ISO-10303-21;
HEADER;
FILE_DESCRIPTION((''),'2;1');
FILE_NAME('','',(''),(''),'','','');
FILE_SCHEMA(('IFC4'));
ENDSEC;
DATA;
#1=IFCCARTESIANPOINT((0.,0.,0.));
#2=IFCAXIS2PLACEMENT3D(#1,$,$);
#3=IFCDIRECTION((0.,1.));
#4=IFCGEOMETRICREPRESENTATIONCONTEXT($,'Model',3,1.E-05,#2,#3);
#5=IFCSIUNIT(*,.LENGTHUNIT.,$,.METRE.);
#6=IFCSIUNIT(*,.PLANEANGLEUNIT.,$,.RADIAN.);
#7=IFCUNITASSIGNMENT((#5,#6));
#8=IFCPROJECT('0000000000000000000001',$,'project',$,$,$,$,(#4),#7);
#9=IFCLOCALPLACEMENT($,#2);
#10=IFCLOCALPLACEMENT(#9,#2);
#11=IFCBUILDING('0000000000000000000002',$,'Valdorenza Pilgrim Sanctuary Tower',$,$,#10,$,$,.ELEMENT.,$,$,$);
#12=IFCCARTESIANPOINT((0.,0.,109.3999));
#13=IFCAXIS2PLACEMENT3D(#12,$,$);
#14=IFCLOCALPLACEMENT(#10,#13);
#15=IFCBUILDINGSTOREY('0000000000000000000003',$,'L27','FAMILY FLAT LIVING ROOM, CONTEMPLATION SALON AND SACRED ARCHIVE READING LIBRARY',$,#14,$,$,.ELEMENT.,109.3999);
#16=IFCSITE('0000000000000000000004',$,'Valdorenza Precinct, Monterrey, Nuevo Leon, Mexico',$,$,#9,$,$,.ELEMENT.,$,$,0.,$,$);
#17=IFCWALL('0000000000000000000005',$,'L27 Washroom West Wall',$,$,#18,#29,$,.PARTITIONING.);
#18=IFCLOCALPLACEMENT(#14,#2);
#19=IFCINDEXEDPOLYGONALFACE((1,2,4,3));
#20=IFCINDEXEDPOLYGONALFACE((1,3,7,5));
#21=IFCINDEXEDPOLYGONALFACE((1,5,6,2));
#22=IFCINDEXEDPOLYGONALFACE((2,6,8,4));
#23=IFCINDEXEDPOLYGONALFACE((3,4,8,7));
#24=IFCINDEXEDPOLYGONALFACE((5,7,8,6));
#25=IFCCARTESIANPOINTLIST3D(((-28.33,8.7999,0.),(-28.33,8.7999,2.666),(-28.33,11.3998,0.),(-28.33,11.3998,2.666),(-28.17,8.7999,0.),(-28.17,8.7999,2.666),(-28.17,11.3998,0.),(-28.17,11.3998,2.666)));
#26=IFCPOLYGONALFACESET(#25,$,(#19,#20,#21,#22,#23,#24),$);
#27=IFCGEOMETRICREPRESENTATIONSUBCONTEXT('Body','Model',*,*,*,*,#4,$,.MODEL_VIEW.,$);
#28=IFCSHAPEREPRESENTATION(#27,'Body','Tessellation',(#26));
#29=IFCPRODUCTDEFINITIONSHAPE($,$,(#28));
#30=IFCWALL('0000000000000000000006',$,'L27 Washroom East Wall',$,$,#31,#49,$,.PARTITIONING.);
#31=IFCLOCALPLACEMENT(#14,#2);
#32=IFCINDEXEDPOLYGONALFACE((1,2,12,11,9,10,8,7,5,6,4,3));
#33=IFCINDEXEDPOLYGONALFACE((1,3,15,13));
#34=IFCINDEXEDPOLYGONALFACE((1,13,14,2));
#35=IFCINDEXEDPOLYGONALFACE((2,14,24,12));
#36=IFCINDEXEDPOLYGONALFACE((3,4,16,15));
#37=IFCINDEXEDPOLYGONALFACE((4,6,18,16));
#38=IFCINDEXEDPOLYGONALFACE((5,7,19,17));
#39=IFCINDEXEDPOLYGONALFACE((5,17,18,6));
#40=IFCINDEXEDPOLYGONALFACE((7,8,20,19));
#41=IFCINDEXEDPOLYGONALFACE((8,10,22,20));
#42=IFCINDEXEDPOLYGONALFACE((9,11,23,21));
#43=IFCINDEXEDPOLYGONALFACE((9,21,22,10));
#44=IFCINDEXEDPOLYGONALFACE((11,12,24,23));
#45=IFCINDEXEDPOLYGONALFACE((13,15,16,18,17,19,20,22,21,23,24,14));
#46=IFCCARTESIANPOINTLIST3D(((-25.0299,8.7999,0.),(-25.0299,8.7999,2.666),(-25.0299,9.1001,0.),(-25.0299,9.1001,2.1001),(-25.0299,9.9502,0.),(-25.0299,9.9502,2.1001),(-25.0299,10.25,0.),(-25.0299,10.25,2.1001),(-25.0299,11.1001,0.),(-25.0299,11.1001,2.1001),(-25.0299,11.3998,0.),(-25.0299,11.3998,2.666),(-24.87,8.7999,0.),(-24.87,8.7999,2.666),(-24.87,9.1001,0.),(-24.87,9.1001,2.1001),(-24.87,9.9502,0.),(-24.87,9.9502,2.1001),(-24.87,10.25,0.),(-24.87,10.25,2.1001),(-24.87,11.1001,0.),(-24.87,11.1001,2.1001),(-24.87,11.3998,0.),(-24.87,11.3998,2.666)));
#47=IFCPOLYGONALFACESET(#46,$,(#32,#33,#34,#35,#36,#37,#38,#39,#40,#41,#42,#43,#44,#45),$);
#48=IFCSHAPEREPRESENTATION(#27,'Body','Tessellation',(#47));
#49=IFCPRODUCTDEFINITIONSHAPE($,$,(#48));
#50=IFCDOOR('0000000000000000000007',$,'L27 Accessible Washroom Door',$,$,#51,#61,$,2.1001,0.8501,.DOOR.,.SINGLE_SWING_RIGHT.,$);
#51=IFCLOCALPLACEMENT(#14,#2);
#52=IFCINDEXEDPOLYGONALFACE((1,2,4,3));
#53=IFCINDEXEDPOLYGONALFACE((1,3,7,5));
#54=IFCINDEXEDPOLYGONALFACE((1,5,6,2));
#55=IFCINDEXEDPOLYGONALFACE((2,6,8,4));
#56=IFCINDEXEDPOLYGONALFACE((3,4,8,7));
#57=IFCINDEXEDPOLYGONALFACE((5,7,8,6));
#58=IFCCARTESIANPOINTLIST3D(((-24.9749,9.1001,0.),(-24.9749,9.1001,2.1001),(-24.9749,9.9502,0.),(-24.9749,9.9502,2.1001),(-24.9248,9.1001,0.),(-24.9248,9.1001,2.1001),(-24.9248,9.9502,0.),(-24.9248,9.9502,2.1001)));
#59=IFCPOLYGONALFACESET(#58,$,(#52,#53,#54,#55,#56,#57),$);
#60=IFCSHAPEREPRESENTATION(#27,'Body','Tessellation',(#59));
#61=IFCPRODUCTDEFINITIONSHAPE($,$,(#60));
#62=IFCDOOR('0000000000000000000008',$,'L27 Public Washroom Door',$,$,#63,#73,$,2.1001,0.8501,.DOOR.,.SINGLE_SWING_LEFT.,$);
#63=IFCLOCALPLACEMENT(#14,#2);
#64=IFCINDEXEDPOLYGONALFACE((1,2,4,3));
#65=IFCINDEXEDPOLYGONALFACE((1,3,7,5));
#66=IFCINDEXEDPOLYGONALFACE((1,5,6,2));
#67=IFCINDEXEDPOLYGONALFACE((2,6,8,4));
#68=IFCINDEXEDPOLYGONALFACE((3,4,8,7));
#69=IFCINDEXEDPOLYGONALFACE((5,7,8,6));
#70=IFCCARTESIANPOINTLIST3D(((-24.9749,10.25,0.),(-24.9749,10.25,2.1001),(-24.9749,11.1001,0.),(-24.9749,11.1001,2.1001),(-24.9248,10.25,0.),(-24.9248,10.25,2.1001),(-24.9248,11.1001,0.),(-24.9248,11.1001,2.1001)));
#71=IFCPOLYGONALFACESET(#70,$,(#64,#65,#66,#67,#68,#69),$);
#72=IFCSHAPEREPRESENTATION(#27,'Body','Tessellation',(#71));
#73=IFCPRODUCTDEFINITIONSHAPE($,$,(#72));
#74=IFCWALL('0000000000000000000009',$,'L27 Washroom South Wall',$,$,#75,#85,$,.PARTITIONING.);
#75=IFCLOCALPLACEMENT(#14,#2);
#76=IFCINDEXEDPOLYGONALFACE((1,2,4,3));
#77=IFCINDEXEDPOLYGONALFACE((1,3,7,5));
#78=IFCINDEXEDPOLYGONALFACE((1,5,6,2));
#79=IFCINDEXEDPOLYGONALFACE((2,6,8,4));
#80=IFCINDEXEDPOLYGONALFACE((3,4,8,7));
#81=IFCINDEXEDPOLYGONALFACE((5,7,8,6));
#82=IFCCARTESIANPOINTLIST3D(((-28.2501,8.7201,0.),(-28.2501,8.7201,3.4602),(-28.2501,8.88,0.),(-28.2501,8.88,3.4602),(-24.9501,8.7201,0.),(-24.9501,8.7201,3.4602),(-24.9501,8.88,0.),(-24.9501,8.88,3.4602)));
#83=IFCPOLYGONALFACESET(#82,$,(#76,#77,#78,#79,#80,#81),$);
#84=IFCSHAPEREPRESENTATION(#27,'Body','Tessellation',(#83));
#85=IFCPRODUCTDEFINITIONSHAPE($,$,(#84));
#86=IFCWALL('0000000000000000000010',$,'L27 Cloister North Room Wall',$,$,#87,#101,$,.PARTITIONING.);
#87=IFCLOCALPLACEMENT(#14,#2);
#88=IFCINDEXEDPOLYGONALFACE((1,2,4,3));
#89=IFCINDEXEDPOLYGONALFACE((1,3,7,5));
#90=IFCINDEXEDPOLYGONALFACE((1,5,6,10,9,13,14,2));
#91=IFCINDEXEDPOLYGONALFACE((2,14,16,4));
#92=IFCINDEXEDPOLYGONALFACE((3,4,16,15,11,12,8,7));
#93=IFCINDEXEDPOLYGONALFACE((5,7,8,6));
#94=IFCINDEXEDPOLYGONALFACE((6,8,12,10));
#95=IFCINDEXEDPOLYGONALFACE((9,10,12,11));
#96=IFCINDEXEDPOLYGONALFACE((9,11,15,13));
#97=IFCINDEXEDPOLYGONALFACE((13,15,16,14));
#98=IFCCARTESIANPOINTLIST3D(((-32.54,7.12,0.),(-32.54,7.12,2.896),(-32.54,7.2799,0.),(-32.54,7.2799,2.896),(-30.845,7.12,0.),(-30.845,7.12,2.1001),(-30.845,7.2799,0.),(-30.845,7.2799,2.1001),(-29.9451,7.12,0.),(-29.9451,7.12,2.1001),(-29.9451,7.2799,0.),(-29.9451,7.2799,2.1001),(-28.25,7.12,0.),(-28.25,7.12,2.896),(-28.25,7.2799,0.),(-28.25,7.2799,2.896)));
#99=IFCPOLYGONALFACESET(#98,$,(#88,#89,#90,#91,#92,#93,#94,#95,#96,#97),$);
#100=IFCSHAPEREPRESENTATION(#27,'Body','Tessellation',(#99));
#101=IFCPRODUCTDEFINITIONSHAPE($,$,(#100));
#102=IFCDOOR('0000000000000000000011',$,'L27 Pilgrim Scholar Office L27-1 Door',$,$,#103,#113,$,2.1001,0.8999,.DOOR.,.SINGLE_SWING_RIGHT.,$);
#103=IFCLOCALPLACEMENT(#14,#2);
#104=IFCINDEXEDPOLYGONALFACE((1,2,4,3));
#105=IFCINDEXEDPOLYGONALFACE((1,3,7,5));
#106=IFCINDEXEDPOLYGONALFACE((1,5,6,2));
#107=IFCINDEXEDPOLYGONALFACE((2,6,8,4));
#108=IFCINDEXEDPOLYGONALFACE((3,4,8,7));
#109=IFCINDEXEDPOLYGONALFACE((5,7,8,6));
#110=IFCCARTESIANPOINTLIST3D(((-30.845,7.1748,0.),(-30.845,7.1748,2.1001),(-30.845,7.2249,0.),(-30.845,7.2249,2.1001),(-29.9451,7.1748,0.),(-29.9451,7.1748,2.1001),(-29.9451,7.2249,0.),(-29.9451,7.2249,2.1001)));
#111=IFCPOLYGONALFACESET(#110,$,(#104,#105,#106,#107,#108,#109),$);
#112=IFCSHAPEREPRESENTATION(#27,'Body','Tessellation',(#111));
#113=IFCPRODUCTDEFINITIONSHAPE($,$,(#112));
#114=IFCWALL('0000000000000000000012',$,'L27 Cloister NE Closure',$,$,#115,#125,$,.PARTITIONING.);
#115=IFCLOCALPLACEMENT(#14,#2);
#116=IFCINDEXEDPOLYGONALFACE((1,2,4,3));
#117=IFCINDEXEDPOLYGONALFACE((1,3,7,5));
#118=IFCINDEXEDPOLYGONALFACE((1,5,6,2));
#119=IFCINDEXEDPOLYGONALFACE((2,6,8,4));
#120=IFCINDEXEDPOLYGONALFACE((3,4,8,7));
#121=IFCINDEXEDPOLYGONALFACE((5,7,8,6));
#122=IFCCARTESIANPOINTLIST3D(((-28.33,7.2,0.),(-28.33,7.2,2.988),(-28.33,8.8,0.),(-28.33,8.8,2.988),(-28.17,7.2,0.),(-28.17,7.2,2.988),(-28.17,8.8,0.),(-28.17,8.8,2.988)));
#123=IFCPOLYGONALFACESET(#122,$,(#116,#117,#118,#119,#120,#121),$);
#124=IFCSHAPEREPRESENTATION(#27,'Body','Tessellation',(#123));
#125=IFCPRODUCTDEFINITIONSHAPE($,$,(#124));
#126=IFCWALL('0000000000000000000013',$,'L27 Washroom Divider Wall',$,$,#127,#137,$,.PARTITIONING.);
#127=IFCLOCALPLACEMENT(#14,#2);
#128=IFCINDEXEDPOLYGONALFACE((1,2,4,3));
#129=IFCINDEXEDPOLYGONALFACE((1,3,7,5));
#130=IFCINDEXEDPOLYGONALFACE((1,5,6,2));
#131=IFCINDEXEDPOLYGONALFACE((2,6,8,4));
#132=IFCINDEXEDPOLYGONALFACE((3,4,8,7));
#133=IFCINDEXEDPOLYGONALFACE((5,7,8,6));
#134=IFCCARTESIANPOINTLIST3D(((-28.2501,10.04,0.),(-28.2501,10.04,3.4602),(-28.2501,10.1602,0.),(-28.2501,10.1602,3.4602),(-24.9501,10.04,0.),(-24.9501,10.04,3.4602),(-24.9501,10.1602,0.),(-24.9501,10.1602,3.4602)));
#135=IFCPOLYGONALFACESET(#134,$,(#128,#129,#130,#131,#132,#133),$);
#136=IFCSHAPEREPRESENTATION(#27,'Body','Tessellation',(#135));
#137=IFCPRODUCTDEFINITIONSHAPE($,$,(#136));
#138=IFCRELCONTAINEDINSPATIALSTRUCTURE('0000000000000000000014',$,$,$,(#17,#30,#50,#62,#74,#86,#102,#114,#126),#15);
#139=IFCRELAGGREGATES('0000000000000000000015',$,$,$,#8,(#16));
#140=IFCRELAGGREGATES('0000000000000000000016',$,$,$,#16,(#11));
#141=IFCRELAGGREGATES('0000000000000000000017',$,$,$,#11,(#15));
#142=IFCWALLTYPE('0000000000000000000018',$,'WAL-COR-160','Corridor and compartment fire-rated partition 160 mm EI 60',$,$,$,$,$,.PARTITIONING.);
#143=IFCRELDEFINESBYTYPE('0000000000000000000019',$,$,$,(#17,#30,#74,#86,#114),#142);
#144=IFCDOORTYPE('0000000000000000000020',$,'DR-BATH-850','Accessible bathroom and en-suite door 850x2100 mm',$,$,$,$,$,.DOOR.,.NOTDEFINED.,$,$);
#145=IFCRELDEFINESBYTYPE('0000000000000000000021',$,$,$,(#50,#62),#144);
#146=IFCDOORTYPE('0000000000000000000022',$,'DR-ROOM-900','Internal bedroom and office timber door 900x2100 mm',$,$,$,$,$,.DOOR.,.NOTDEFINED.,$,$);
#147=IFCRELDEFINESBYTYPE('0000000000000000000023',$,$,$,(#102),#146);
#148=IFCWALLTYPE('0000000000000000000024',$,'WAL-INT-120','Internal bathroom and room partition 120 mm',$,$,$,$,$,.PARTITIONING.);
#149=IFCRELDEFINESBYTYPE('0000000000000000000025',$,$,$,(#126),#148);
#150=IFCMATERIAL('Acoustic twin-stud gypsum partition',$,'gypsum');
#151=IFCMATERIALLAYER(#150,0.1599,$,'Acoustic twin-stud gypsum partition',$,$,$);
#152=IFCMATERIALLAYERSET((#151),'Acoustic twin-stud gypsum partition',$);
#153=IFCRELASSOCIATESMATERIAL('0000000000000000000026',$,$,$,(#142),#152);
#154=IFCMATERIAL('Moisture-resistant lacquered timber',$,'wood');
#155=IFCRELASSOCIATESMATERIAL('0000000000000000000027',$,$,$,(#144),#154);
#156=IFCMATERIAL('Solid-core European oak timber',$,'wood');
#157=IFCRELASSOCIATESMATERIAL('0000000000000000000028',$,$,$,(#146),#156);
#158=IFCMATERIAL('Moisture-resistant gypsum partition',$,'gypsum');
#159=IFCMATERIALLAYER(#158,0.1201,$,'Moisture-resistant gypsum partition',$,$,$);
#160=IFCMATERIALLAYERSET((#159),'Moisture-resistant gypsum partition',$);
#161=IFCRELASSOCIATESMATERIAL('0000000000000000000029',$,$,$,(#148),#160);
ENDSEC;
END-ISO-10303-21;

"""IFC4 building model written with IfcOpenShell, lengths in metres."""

from ifc_helpers import new_model, si_unit, direction, frame, frame_2d, origin, place, context, subcontext, project, spatial, rectangle, extrude, material, layer, layer_set, type_object, element, fill, save


model = new_model("IFC4")

# Units and contexts
model_context = context("Model", 3, precision=1e-05, world=origin(), true_north=direction((0.0, 1.0)))
body_context = subcontext(model_context, "Body", "Model", "MODEL_VIEW")
ifc_project = project(units=[si_unit("LENGTHUNIT", "METRE"), si_unit("PLANEANGLEUNIT", "RADIAN")], contexts=[model_context])

# Site, building, storey
site_placement = place(None, origin())
site = spatial("IfcSite", under=ifc_project, at=site_placement, Name="Valdorenza Precinct, Monterrey, Nuevo Leon, Mexico", CompositionType="ELEMENT", RefElevation=0.0)
building_placement = place(site_placement, origin())
building = spatial("IfcBuilding", under=site, at=building_placement, Name="Valdorenza Pilgrim Sanctuary Tower", CompositionType="ELEMENT")
storey_placement = place(building_placement, frame((0.0, 0.0, 109.3999)))
storey = spatial("IfcBuildingStorey", under=building, at=storey_placement, Name="L27", Description="FAMILY FLAT LIVING ROOM, CONTEMPLATION SALON AND SACRED ARCHIVE READING LIBRARY", CompositionType="ELEMENT", Elevation=109.3999)

# Wall
ifc_material_1 = material(Name="Acoustic twin-stud gypsum partition", Category="gypsum")
ifc_layer_1 = layer(ifc_material_1, 0.1599, Name="Acoustic twin-stud gypsum partition")
ifc_layer_set_1 = layer_set([ifc_layer_1], Name="Acoustic twin-stud gypsum partition")
wall_type_1 = type_object("IfcWallType", Name="WAL-COR-160", Description="Corridor and compartment fire-rated partition 160 mm EI 60", PredefinedType="PARTITIONING", material=ifc_layer_set_1)
wall_1_placement = place(storey_placement, frame((-28.25, 8.8, 0.0), z_axis=(0.0, 0.0, 1.0), x_axis=(0.0, 1.0, 0.0)))
element("IfcWall", 1, at=wall_1_placement, inside=storey, type_object=wall_type_1, Name="L27 Washroom West Wall", PredefinedType="PARTITIONING", context=body_context, shape_type="SweptSolid", body=[
    extrude(rectangle(XDim=2.5999, YDim=0.1599, at=frame_2d((1.2998, 0.0))), origin(), (0.0, 0.0, 1.0), 2.666),
])

# Wall, openings, doors
wall_2_placement = place(storey_placement, frame((-24.95, 8.8, 0.0), z_axis=(0.0, 0.0, 1.0), x_axis=(0.0, 1.0, 0.0)))
wall_2 = element("IfcWall", 2, at=wall_2_placement, inside=storey, type_object=wall_type_1, Name="L27 Washroom East Wall", PredefinedType="PARTITIONING", context=body_context, shape_type="SweptSolid", body=[
    extrude(rectangle(XDim=2.5999, YDim=0.1599, at=frame_2d((1.2998, 0.0))), origin(), (0.0, 0.0, 1.0), 2.666),
])
opening_1_placement = place(wall_2_placement, frame((0.3, 0.0, 0.0)))
opening_1 = element("IfcOpeningElement", 3, at=opening_1_placement, cuts=wall_2, PredefinedType="OPENING", context=body_context, shape_type="SweptSolid", body=[
    extrude(rectangle(XDim=0.8501, YDim=2.1001, at=frame_2d((0.425, 1.05))), frame((0.0, 0.0947, 0.0), z_axis=(0.0, -1.0, 0.0), x_axis=(1.0, 0.0, 0.0)), (0.0, 0.0, 1.0), 0.1897),
])
opening_2_placement = place(wall_2_placement, frame((1.45, 0.0, 0.0)))
opening_2 = element("IfcOpeningElement", 4, at=opening_2_placement, cuts=wall_2, PredefinedType="OPENING", context=body_context, shape_type="SweptSolid", body=[
    extrude(rectangle(XDim=0.8501, YDim=2.1001, at=frame_2d((0.425, 1.05))), frame((0.0, 0.0947, 0.0), z_axis=(0.0, -1.0, 0.0), x_axis=(1.0, 0.0, 0.0)), (0.0, 0.0, 1.0), 0.1897),
])
ifc_material_2 = material(Name="Moisture-resistant lacquered timber", Category="wood")
door_type_1 = type_object("IfcDoorType", Name="DR-BATH-850", Description="Accessible bathroom and en-suite door 850x2100 mm", OperationType="NOTDEFINED", PredefinedType="DOOR", material=ifc_material_2)
door_1_placement = place(opening_1_placement, origin())
door_1 = element("IfcDoor", 5, at=door_1_placement, inside=storey, type_object=door_type_1, Name="L27 Accessible Washroom Door", OperationType="SINGLE_SWING_RIGHT", OverallHeight=2.1001, OverallWidth=0.8501, PredefinedType="DOOR", context=body_context, shape_type="SweptSolid", body=[
    extrude(rectangle(XDim=0.8501, YDim=2.1001, at=frame_2d((0.425, 1.05))), frame((0.0, 0.0249, 0.0), z_axis=(0.0, -1.0, 0.0), x_axis=(1.0, 0.0, 0.0)), (0.0, 0.0, 1.0), 0.05),
])
fill(opening_1, door_1)
door_2_placement = place(opening_2_placement, origin())
door_2 = element("IfcDoor", 6, at=door_2_placement, inside=storey, type_object=door_type_1, Name="L27 Public Washroom Door", OperationType="SINGLE_SWING_LEFT", OverallHeight=2.1001, OverallWidth=0.8501, PredefinedType="DOOR", context=body_context, shape_type="SweptSolid", body=[
    extrude(rectangle(XDim=0.8501, YDim=2.1001, at=frame_2d((0.425, 1.05))), frame((0.0, 0.0249, 0.0), z_axis=(0.0, -1.0, 0.0), x_axis=(1.0, 0.0, 0.0)), (0.0, 0.0, 1.0), 0.05),
])
fill(opening_2, door_2)

# Wall
wall_3_placement = place(storey_placement, frame((-28.25, 8.8, 0.0), z_axis=(0.0, 0.0, 1.0), x_axis=(1.0, 0.0, 0.0)))
element("IfcWall", 7, at=wall_3_placement, inside=storey, type_object=wall_type_1, Name="L27 Washroom South Wall", PredefinedType="PARTITIONING", context=body_context, shape_type="SweptSolid", body=[
    extrude(rectangle(XDim=3.3, YDim=0.1599, at=frame_2d((1.6499, 0.0))), origin(), (0.0, 0.0, 1.0), 3.4602),
])

# Wall, opening, door
wall_4_placement = place(storey_placement, frame((-32.54, 7.2, 0.0), z_axis=(0.0, 0.0, 1.0), x_axis=(1.0, 0.0, 0.0)))
wall_4 = element("IfcWall", 8, at=wall_4_placement, inside=storey, type_object=wall_type_1, Name="L27 Cloister North Room Wall", PredefinedType="PARTITIONING", context=body_context, shape_type="SweptSolid", body=[
    extrude(rectangle(XDim=4.29, YDim=0.1599, at=frame_2d((2.145, 0.0))), origin(), (0.0, 0.0, 1.0), 2.896),
])
opening_3_placement = place(wall_4_placement, frame((1.6951, 0.0, 0.0)))
opening_3 = element("IfcOpeningElement", 9, at=opening_3_placement, cuts=wall_4, PredefinedType="OPENING", context=body_context, shape_type="SweptSolid", body=[
    extrude(rectangle(XDim=0.8999, YDim=2.1001, at=frame_2d((0.45, 1.05))), frame((0.0, 0.0947, 0.0), z_axis=(0.0, -1.0, 0.0), x_axis=(1.0, 0.0, 0.0)), (0.0, 0.0, 1.0), 0.1897),
])
ifc_material_3 = material(Name="Solid-core European oak timber", Category="wood")
door_type_2 = type_object("IfcDoorType", Name="DR-ROOM-900", Description="Internal bedroom and office timber door 900x2100 mm", OperationType="NOTDEFINED", PredefinedType="DOOR", material=ifc_material_3)
door_3_placement = place(opening_3_placement, origin())
door_3 = element("IfcDoor", 10, at=door_3_placement, inside=storey, type_object=door_type_2, Name="L27 Pilgrim Scholar Office L27-1 Door", OperationType="SINGLE_SWING_RIGHT", OverallHeight=2.1001, OverallWidth=0.8999, PredefinedType="DOOR", context=body_context, shape_type="SweptSolid", body=[
    extrude(rectangle(XDim=0.8999, YDim=2.1001, at=frame_2d((0.45, 1.05))), frame((0.0, 0.0249, 0.0), z_axis=(0.0, -1.0, 0.0), x_axis=(1.0, 0.0, 0.0)), (0.0, 0.0, 1.0), 0.05),
])
fill(opening_3, door_3)

# Walls
wall_5_placement = place(storey_placement, frame((-28.25, 7.2, 0.0), z_axis=(0.0, 0.0, 1.0), x_axis=(0.0, 1.0, 0.0)))
element("IfcWall", 11, at=wall_5_placement, inside=storey, type_object=wall_type_1, Name="L27 Cloister NE Closure", PredefinedType="PARTITIONING", context=body_context, shape_type="SweptSolid", body=[
    extrude(rectangle(XDim=1.6001, YDim=0.1599, at=frame_2d((0.8, 0.0))), origin(), (0.0, 0.0, 1.0), 2.988),
])
ifc_material_4 = material(Name="Moisture-resistant gypsum partition", Category="gypsum")
ifc_layer_2 = layer(ifc_material_4, 0.1201, Name="Moisture-resistant gypsum partition")
ifc_layer_set_2 = layer_set([ifc_layer_2], Name="Moisture-resistant gypsum partition")
wall_type_2 = type_object("IfcWallType", Name="WAL-INT-120", Description="Internal bathroom and room partition 120 mm", PredefinedType="PARTITIONING", material=ifc_layer_set_2)
wall_6_placement = place(storey_placement, frame((-28.25, 10.1001, 0.0), z_axis=(0.0, 0.0, 1.0), x_axis=(1.0, 0.0, 0.0)))
element("IfcWall", 12, at=wall_6_placement, inside=storey, type_object=wall_type_2, Name="L27 Washroom Divider Wall", PredefinedType="PARTITIONING", context=body_context, shape_type="SweptSolid", body=[
    extrude(rectangle(XDim=3.3, YDim=0.1201, at=frame_2d((1.6499, 0.0))), origin(), (0.0, 0.0, 1.0), 3.4602),
])

save(model, "model.ifc")
